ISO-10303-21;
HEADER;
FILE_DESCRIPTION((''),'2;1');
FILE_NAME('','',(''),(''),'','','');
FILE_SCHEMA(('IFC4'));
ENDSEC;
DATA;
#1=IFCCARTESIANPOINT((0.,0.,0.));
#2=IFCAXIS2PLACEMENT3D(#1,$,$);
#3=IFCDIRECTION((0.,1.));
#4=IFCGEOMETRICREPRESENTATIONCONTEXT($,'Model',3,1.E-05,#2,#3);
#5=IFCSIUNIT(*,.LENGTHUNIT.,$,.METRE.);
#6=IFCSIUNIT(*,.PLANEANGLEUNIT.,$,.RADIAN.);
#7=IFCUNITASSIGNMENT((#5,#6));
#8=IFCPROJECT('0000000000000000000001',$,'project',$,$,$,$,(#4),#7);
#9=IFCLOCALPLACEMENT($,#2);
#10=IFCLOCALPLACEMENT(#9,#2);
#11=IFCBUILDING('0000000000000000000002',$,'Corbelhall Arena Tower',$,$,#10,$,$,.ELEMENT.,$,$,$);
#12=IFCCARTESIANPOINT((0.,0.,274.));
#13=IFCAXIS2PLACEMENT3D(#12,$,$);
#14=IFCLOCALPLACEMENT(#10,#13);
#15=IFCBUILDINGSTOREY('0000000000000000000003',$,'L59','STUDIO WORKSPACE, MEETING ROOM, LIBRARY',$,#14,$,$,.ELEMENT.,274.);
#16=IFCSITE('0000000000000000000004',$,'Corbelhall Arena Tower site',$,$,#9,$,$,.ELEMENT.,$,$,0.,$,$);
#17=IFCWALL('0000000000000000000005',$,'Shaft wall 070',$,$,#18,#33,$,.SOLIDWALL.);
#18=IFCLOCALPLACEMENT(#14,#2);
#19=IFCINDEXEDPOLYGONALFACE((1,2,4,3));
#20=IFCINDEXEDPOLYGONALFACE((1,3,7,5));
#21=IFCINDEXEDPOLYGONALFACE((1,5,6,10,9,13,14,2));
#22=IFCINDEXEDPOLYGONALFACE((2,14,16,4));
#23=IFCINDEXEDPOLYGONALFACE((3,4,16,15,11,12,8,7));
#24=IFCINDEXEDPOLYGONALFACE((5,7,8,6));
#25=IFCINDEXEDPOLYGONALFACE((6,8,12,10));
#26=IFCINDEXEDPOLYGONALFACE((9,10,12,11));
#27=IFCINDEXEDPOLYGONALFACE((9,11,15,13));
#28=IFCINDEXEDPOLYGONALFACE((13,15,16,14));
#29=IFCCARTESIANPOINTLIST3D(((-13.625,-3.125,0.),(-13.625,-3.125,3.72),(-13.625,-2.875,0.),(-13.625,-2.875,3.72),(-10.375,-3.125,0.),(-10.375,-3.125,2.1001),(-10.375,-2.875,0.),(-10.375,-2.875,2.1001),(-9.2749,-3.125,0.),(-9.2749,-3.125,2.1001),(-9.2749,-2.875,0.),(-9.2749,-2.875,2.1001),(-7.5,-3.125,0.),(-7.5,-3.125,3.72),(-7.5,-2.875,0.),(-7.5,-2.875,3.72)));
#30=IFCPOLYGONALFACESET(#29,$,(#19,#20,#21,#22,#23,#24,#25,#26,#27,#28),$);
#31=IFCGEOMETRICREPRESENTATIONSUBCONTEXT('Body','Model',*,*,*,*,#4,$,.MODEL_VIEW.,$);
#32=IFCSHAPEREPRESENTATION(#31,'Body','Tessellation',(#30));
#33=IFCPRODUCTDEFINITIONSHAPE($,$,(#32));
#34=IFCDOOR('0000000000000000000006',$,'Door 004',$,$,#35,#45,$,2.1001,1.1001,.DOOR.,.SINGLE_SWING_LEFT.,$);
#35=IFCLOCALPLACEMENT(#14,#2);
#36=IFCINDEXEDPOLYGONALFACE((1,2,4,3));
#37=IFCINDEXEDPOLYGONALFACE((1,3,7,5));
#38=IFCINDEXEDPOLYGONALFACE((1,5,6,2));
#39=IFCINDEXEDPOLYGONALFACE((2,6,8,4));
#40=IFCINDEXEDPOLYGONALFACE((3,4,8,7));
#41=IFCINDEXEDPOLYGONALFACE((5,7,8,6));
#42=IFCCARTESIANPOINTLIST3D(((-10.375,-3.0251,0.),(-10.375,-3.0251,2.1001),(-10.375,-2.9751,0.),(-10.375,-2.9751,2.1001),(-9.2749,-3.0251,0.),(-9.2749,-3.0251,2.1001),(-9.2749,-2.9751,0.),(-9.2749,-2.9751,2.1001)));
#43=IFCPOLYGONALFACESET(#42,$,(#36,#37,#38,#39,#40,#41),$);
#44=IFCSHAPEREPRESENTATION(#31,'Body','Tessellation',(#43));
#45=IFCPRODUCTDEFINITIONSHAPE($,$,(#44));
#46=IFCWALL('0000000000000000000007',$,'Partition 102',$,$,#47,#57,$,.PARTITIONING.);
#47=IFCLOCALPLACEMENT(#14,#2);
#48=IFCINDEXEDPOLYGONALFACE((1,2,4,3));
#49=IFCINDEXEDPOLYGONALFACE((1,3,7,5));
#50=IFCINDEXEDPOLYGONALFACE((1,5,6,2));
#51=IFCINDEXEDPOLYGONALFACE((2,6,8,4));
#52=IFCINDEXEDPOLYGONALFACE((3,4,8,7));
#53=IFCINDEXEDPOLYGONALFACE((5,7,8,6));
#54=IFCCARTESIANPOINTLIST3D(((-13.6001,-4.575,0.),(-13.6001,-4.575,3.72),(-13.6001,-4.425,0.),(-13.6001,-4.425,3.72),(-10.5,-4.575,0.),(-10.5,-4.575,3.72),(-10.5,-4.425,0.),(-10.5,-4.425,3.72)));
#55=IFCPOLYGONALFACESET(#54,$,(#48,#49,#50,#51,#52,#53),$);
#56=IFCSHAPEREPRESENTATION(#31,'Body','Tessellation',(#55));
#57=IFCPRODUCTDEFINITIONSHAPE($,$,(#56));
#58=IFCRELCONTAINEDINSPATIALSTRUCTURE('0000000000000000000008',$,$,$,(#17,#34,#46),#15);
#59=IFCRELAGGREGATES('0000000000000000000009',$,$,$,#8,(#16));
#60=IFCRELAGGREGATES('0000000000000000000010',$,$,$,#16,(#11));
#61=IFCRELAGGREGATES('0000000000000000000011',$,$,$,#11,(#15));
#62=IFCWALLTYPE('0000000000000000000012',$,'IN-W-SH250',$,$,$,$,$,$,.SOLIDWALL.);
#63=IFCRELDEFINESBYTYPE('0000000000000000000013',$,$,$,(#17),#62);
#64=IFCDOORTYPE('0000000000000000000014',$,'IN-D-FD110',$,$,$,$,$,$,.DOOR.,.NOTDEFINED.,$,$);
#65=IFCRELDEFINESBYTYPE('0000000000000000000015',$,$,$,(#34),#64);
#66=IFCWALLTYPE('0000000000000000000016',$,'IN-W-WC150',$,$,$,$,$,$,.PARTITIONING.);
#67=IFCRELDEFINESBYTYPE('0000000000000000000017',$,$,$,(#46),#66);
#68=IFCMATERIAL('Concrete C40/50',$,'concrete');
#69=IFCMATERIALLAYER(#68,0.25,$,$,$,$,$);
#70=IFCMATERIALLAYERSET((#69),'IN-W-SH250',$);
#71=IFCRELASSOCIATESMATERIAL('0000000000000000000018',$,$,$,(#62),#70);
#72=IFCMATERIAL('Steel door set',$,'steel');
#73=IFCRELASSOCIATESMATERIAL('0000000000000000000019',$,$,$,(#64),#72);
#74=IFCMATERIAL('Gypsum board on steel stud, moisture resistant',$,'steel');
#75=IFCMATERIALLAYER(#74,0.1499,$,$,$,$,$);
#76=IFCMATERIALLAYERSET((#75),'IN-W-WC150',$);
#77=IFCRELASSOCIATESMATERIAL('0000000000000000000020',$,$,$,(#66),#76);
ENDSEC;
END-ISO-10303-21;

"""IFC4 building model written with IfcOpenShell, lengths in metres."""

from ifc_helpers import new_model, si_unit, direction, frame, frame_2d, origin, place, context, subcontext, project, spatial, rectangle, extrude, material, layer, layer_set, type_object, element, fill, save


model = new_model("IFC4")

# Units and contexts
model_context = context("Model", 3, precision=1e-05, world=origin(), true_north=direction((0.0, 1.0)))
body_context = subcontext(model_context, "Body", "Model", "MODEL_VIEW")
ifc_project = project(units=[si_unit("LENGTHUNIT", "METRE"), si_unit("PLANEANGLEUNIT", "RADIAN")], contexts=[model_context])

# Site, building, storey
site_placement = place(None, origin())
site = spatial("IfcSite", under=ifc_project, at=site_placement, Name="Corbelhall Arena Tower site", CompositionType="ELEMENT", RefElevation=0.0)
building_placement = place(site_placement, origin())
building = spatial("IfcBuilding", under=site, at=building_placement, Name="Corbelhall Arena Tower", CompositionType="ELEMENT")
storey_placement = place(building_placement, frame((0.0, 0.0, 274.0)))
storey = spatial("IfcBuildingStorey", under=building, at=storey_placement, Name="L59", Description="STUDIO WORKSPACE, MEETING ROOM, LIBRARY", CompositionType="ELEMENT", Elevation=274.0)

# Shared definitions
ifc_material_1 = material(Name="Steel door set", Category="steel")

# Shared definitions
ifc_material_2 = material(Name="Concrete C40/50", Category="concrete")
ifc_layer_1 = layer(ifc_material_2, 0.25)
ifc_layer_set_1 = layer_set([ifc_layer_1], Name="IN-W-SH250")
wall_type_1 = type_object("IfcWallType", Name="IN-W-SH250", PredefinedType="SOLIDWALL", material=ifc_layer_set_1)

# Wall, opening, door
wall_1_placement = place(storey_placement, frame((-13.625, -3.0, 0.0), z_axis=(0.0, 0.0, 1.0), x_axis=(1.0, 0.0, 0.0)))
wall_1 = element("IfcWall", 1, at=wall_1_placement, inside=storey, type_object=wall_type_1, Name="Shaft wall 070", PredefinedType="SOLIDWALL", context=body_context, shape_type="SweptSolid", body=[
    extrude(rectangle(XDim=6.125, YDim=0.25, at=frame_2d((3.0625, 0.0))), origin(), (0.0, 0.0, 1.0), 3.72),
])
opening_1_placement = place(wall_1_placement, frame((3.25, 0.0, 0.0)))
opening_1 = element("IfcOpeningElement", 2, at=opening_1_placement, cuts=wall_1, PredefinedType="OPENING", context=body_context, shape_type="SweptSolid", body=[
    extrude(rectangle(XDim=1.1001, YDim=2.1001, at=frame_2d((0.55, 1.05))), frame((0.0, 0.125, 0.0), z_axis=(0.0, -1.0, 0.0), x_axis=(1.0, 0.0, 0.0)), (0.0, 0.0, 1.0), 0.25),
])
door_type_1 = type_object("IfcDoorType", Name="IN-D-FD110", OperationType="NOTDEFINED", PredefinedType="DOOR", material=ifc_material_1)
door_1_placement = place(opening_1_placement, origin())
door_1 = element("IfcDoor", 3, at=door_1_placement, inside=storey, type_object=door_type_1, Name="Door 004", OperationType="SINGLE_SWING_LEFT", OverallHeight=2.1001, OverallWidth=1.1001, PredefinedType="DOOR", context=body_context, shape_type="SweptSolid", body=[
    extrude(rectangle(XDim=1.1001, YDim=2.1001, at=frame_2d((0.55, 1.05))), frame((0.0, 0.0249, 0.0), z_axis=(0.0, -1.0, 0.0), x_axis=(1.0, 0.0, 0.0)), (0.0, 0.0, 1.0), 0.05),
])
fill(opening_1, door_1)

# Wall
ifc_material_3 = material(Name="Gypsum board on steel stud, moisture resistant", Category="steel")
ifc_layer_2 = layer(ifc_material_3, 0.1499)
ifc_layer_set_2 = layer_set([ifc_layer_2], Name="IN-W-WC150")
wall_type_2 = type_object("IfcWallType", Name="IN-W-WC150", PredefinedType="PARTITIONING", material=ifc_layer_set_2)
wall_2_placement = place(storey_placement, frame((-13.6001, -4.5, 0.0), z_axis=(0.0, 0.0, 1.0), x_axis=(1.0, 0.0, 0.0)))
element("IfcWall", 4, at=wall_2_placement, inside=storey, type_object=wall_type_2, Name="Partition 102", PredefinedType="PARTITIONING", context=body_context, shape_type="SweptSolid", body=[
    extrude(rectangle(XDim=3.1001, YDim=0.1499, at=frame_2d((1.55, 0.0))), origin(), (0.0, 0.0, 1.0), 3.72),
])

save(model, "model.ifc")
